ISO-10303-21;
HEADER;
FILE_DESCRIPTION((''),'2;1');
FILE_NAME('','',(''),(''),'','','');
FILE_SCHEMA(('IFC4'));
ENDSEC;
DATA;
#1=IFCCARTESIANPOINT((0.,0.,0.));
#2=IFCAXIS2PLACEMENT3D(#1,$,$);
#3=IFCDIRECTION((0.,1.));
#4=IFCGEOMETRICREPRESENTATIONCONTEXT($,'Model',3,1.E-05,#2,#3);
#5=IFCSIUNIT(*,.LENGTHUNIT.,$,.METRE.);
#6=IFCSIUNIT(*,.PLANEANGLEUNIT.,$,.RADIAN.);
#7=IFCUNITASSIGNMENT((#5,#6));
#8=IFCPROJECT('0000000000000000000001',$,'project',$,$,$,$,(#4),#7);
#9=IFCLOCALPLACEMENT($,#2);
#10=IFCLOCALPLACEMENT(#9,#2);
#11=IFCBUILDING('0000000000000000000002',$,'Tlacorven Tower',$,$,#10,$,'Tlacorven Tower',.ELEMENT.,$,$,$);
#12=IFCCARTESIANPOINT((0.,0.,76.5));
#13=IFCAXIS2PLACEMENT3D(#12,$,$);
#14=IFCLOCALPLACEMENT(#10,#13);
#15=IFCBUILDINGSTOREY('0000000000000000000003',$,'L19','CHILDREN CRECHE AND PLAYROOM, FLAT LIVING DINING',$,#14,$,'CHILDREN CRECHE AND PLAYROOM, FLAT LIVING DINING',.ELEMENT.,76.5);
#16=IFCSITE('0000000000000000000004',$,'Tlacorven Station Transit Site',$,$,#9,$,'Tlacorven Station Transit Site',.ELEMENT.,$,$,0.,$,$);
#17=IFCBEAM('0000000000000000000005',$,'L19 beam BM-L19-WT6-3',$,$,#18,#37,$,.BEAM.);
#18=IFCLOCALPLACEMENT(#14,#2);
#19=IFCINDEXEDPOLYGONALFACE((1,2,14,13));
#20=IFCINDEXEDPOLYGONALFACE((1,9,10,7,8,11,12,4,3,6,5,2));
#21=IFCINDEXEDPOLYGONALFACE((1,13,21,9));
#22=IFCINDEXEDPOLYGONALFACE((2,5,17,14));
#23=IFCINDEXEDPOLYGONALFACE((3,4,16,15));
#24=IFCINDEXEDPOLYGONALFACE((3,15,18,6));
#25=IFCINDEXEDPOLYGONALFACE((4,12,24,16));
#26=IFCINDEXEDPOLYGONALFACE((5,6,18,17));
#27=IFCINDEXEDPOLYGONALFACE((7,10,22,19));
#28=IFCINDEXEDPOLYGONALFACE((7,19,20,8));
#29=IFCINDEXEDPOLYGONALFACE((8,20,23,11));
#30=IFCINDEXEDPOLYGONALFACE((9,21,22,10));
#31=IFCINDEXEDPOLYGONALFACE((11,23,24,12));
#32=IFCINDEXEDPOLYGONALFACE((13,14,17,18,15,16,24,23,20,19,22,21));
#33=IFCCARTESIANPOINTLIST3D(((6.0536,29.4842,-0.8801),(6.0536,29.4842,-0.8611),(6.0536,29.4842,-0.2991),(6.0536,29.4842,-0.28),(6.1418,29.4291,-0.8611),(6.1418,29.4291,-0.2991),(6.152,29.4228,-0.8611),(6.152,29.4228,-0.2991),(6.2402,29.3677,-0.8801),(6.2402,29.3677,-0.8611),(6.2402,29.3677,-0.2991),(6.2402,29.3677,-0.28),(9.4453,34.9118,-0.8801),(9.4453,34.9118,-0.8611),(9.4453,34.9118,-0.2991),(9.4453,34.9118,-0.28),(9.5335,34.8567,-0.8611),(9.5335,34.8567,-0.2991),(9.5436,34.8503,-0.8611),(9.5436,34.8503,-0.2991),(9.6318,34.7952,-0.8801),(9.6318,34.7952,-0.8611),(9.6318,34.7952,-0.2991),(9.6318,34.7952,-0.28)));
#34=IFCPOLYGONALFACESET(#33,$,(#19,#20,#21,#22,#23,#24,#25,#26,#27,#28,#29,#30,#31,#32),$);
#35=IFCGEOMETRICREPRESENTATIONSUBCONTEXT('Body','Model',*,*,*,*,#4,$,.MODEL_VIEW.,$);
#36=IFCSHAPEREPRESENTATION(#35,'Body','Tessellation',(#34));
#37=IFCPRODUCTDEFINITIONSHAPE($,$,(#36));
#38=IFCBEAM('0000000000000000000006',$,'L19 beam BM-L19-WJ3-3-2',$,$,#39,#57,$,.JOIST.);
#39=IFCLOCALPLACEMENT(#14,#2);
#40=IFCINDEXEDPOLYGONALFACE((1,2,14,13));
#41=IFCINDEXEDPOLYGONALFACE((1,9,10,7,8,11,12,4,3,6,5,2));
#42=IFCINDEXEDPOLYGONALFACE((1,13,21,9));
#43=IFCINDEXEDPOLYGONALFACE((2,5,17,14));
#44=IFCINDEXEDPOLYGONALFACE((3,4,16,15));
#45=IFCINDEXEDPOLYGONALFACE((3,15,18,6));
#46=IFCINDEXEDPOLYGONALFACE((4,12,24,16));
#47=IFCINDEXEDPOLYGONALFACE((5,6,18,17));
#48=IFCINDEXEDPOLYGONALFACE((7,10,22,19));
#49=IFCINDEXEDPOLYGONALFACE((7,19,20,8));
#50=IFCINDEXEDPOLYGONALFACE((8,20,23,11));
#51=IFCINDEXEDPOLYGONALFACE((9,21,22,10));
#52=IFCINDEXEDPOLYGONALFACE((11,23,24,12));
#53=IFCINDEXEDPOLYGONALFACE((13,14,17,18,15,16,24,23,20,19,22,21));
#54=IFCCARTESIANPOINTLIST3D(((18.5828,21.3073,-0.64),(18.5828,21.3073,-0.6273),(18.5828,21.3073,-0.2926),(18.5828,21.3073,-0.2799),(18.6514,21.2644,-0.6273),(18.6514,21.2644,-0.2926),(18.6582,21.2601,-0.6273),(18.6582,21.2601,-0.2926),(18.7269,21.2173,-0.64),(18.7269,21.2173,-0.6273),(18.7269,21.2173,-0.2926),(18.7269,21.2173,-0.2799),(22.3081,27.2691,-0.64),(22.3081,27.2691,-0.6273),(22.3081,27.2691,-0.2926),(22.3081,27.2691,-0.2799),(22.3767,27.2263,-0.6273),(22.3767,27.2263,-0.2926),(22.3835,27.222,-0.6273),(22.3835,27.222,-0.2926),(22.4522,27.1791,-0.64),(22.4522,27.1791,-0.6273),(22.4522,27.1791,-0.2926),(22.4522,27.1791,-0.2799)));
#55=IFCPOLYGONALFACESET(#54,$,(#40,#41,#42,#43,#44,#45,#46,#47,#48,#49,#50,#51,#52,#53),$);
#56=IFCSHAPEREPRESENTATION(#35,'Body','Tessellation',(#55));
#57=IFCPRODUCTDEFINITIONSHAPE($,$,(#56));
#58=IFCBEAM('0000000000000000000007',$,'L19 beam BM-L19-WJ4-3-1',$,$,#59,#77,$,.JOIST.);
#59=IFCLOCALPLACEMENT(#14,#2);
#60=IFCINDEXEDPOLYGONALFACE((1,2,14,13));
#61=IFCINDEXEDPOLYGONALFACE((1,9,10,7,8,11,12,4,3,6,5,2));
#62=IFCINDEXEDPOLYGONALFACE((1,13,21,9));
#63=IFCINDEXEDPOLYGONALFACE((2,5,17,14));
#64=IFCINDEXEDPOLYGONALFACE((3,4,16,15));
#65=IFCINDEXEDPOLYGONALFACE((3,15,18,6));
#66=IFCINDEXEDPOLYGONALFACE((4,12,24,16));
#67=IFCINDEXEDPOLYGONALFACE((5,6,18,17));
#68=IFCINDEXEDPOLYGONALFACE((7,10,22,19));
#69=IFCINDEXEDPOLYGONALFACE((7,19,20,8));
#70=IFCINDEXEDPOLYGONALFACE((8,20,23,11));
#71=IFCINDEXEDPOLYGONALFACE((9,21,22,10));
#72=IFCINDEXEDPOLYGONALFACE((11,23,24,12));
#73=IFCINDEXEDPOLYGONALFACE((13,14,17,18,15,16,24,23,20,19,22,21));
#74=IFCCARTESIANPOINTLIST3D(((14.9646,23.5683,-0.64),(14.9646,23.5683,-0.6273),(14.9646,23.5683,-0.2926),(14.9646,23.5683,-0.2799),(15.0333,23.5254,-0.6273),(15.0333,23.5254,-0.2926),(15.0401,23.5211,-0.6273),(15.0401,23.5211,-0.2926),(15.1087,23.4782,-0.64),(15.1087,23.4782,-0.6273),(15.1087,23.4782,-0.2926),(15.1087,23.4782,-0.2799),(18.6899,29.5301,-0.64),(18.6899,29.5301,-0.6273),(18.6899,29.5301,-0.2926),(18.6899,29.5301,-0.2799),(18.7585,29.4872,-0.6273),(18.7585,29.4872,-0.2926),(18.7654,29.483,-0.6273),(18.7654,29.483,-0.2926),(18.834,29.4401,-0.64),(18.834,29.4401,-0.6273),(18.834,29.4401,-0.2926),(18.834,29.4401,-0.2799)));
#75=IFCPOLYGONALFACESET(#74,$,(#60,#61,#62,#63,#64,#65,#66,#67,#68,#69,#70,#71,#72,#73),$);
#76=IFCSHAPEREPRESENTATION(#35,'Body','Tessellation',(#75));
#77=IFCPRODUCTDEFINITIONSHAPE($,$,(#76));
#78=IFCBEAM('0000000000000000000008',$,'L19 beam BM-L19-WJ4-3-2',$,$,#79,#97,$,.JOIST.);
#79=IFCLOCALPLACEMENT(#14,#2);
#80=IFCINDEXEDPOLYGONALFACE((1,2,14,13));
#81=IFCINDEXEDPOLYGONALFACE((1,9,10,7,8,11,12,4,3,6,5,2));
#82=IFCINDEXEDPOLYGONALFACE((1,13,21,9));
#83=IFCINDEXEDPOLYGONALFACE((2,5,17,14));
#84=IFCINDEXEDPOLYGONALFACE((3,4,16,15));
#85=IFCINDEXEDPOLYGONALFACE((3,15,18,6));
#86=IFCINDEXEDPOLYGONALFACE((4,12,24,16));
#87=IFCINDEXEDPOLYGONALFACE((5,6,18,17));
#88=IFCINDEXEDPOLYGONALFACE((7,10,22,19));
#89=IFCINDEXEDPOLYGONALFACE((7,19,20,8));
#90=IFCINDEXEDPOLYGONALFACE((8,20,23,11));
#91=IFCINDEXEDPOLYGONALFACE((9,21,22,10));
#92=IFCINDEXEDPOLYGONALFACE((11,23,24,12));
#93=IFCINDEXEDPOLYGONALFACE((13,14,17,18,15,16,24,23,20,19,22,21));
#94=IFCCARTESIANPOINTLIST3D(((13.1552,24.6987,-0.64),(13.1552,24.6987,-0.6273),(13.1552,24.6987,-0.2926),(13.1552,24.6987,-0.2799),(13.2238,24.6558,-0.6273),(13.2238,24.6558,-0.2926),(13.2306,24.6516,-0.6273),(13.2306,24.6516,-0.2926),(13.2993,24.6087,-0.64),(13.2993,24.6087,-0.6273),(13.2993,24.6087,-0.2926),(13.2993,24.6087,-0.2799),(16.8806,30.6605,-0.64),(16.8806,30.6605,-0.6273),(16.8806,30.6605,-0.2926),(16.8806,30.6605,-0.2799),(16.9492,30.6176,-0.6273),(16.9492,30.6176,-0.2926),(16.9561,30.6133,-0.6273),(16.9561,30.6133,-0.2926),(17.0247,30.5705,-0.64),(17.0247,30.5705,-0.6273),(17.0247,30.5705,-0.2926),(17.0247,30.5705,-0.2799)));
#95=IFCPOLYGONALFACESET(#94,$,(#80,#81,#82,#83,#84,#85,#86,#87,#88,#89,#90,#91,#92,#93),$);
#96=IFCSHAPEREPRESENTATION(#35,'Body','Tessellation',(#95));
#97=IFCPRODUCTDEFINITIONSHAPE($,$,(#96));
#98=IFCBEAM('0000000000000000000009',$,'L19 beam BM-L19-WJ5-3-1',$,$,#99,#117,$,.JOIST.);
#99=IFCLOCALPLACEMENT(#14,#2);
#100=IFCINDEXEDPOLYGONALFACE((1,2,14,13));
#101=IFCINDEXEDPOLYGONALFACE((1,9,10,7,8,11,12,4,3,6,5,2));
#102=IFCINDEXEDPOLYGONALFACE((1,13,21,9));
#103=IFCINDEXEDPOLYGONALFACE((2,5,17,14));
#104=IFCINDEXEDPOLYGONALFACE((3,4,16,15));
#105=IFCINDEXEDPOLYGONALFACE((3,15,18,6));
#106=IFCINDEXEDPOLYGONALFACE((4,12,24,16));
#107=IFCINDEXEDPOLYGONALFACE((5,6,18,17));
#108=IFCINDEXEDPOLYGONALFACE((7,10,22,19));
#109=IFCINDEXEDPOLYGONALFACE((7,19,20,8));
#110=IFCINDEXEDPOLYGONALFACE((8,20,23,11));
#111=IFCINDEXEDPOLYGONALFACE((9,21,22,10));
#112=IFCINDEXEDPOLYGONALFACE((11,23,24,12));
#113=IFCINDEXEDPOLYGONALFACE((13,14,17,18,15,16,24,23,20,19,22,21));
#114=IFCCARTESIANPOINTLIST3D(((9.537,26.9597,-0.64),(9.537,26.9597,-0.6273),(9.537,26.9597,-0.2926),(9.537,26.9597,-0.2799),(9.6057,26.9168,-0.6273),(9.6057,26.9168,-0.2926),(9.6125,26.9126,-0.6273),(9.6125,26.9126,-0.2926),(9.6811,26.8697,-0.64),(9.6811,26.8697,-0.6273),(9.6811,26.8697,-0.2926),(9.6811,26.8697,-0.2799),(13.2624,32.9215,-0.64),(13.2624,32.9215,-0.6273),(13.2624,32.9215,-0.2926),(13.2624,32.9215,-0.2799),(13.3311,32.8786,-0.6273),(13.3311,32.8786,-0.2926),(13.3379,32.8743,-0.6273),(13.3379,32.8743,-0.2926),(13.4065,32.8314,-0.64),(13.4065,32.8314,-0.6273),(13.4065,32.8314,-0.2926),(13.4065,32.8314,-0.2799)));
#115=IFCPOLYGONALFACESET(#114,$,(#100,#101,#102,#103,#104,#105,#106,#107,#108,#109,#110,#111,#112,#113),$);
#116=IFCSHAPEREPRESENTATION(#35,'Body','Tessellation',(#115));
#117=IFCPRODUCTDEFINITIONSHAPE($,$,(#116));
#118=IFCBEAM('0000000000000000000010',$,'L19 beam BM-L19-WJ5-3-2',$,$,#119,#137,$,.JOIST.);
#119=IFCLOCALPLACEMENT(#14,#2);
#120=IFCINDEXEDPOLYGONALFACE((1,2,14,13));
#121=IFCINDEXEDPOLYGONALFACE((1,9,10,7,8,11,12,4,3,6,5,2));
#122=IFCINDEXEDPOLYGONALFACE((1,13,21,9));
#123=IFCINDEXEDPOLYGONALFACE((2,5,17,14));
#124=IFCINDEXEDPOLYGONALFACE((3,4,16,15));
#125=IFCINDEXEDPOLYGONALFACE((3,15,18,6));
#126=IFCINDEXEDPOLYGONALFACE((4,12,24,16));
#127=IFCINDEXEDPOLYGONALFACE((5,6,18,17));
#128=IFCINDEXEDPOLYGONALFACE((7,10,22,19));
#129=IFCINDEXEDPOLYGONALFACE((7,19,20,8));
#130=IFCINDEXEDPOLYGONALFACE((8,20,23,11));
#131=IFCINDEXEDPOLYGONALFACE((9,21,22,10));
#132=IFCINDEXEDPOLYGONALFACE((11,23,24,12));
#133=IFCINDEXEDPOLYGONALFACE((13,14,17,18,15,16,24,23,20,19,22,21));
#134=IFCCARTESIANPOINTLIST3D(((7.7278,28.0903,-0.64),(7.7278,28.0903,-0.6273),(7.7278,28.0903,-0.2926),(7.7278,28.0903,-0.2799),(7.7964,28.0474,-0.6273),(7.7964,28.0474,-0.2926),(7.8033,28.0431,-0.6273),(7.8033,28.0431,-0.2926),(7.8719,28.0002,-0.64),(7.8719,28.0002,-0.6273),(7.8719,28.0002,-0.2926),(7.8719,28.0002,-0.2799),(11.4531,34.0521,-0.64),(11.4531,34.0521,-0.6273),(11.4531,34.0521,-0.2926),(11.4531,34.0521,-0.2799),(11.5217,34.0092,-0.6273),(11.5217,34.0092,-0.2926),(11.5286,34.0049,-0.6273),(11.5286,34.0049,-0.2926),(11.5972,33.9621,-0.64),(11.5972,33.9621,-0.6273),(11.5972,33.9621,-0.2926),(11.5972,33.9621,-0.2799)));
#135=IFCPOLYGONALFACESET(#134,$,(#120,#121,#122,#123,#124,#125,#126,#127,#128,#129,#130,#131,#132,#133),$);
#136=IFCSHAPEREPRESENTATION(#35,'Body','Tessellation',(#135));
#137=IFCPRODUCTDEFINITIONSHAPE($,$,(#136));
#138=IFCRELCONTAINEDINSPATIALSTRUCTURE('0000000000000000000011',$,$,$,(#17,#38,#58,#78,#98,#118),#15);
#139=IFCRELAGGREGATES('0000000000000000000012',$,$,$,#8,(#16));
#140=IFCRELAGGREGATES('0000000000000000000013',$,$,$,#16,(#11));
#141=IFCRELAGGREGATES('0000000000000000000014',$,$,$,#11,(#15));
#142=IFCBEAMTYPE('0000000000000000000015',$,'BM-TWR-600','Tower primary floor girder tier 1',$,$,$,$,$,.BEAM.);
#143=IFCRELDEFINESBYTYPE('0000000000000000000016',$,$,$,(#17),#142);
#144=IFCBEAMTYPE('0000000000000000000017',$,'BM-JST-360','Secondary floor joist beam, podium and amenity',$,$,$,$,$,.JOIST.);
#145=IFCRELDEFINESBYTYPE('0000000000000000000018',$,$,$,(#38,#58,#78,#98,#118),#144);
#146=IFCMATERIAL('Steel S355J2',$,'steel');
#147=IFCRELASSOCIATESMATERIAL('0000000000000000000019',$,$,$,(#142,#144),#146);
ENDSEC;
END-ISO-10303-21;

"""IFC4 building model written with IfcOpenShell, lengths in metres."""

from ifc_helpers import new_model, si_unit, direction, frame, origin, origin_2d, place, context, subcontext, project, spatial, i_section, extrude, source, transform, mapped, material, material_profile, profile_set, type_object, element, save


model = new_model("IFC4")

# Units and contexts
model_context = context("Model", 3, precision=1e-05, world=origin(), true_north=direction((0.0, 1.0)))
body_context = subcontext(model_context, "Body", "Model", "MODEL_VIEW")
ifc_project = project(units=[si_unit("LENGTHUNIT", "METRE"), si_unit("PLANEANGLEUNIT", "RADIAN")], contexts=[model_context])

# Site, building, storey
site_placement = place(None, origin())
site = spatial("IfcSite", under=ifc_project, at=site_placement, Name="Tlacorven Station Transit Site", LongName="Tlacorven Station Transit Site", CompositionType="ELEMENT", RefElevation=0.0)
building_placement = place(site_placement, origin())
building = spatial("IfcBuilding", under=site, at=building_placement, Name="Tlacorven Tower", LongName="Tlacorven Tower", CompositionType="ELEMENT")
storey_placement = place(building_placement, frame((0.0, 0.0, 76.5)))
storey = spatial("IfcBuildingStorey", under=building, at=storey_placement, Name="L19", Description="CHILDREN CRECHE AND PLAYROOM, FLAT LIVING DINING", LongName="CHILDREN CRECHE AND PLAYROOM, FLAT LIVING DINING", CompositionType="ELEMENT", Elevation=76.5)

# Beams
ifc_material_1 = material(Name="Steel S355J2", Category="steel")
ifc_material_profile_1 = material_profile(ifc_material_1, i_section(OverallWidth=0.22, OverallDepth=0.6001, WebThickness=0.012, FlangeThickness=0.019, at=origin_2d()), Name="IPE 600")
ifc_profile_set_1 = profile_set([ifc_material_profile_1], Name="Steel S355J2")
beam_type_1 = type_object("IfcBeamType", Name="BM-TWR-600", Description="Tower primary floor girder tier 1", PredefinedType="BEAM", material=ifc_profile_set_1)
shared_shape_1 = source(origin(), body_context, "Body", "SweptSolid", [
    extrude(i_section(OverallWidth=0.22, OverallDepth=0.6001, WebThickness=0.012, FlangeThickness=0.019, at=origin_2d()), origin(), (0.0, 0.0, 1.0), 6.4001),
])
for number, where, z_axis, x_axis, name in (
    (1, (9.5386, 34.8535, -0.5801), (-0.529934, -0.848039, 0.0), (0.848039, -0.529934, 0.0), "L19 beam BM-L19-WT6-3"),
):
    element("IfcBeam", number, at=place(storey_placement, frame(where, z_axis=z_axis, x_axis=x_axis)), inside=storey, type_object=beam_type_1, Name=name, PredefinedType="BEAM", context=body_context, shape_type="MappedRepresentation", body=[
        mapped(shared_shape_1, transform((0.0, 0.0, 0.0), scale=1.0)),
    ])
ifc_material_profile_2 = material_profile(ifc_material_1, i_section(OverallWidth=0.1699, OverallDepth=0.3601, WebThickness=0.0081, FlangeThickness=0.0127, at=origin_2d()), Name="IPE 360")
ifc_profile_set_2 = profile_set([ifc_material_profile_2], Name="Steel S355J2")
beam_type_2 = type_object("IfcBeamType", Name="BM-JST-360", Description="Secondary floor joist beam, podium and amenity", PredefinedType="JOIST", material=ifc_profile_set_2)
shared_shape_2 = source(origin(), body_context, "Body", "SweptSolid", [
    extrude(i_section(OverallWidth=0.1699, OverallDepth=0.3601, WebThickness=0.0081, FlangeThickness=0.0127, at=origin_2d()), origin(), (0.0, 0.0, 1.0), 7.03),
])
for number, where, z_axis, x_axis, name in (
    (2, (22.3801, 27.2241, -0.46), (-0.529912, -0.848053, 0.0), (0.848053, -0.529912, 0.0), "L19 beam BM-L19-WJ3-3-2"),
    (3, (18.762, 29.4851, -0.46), (-0.529912, -0.848053, 0.0), (0.848053, -0.529912, 0.0), "L19 beam BM-L19-WJ4-3-1"),
    (4, (16.9526, 30.6155, -0.46), (-0.529927, -0.848043, 0.0), (0.848043, -0.529927, 0.0), "L19 beam BM-L19-WJ4-3-2"),
    (5, (13.3345, 32.8765, -0.46), (-0.529927, -0.848043, 0.0), (0.848043, -0.529927, 0.0), "L19 beam BM-L19-WJ5-3-1"),
    (6, (11.5251, 34.0071, -0.46), (-0.529912, -0.848053, 0.0), (0.848053, -0.529912, 0.0), "L19 beam BM-L19-WJ5-3-2"),
):
    element("IfcBeam", number, at=place(storey_placement, frame(where, z_axis=z_axis, x_axis=x_axis)), inside=storey, type_object=beam_type_2, Name=name, PredefinedType="JOIST", context=body_context, shape_type="MappedRepresentation", body=[
        mapped(shared_shape_2, transform((0.0, 0.0, 0.0), scale=1.0)),
    ])

save(model, "model.ifc")
